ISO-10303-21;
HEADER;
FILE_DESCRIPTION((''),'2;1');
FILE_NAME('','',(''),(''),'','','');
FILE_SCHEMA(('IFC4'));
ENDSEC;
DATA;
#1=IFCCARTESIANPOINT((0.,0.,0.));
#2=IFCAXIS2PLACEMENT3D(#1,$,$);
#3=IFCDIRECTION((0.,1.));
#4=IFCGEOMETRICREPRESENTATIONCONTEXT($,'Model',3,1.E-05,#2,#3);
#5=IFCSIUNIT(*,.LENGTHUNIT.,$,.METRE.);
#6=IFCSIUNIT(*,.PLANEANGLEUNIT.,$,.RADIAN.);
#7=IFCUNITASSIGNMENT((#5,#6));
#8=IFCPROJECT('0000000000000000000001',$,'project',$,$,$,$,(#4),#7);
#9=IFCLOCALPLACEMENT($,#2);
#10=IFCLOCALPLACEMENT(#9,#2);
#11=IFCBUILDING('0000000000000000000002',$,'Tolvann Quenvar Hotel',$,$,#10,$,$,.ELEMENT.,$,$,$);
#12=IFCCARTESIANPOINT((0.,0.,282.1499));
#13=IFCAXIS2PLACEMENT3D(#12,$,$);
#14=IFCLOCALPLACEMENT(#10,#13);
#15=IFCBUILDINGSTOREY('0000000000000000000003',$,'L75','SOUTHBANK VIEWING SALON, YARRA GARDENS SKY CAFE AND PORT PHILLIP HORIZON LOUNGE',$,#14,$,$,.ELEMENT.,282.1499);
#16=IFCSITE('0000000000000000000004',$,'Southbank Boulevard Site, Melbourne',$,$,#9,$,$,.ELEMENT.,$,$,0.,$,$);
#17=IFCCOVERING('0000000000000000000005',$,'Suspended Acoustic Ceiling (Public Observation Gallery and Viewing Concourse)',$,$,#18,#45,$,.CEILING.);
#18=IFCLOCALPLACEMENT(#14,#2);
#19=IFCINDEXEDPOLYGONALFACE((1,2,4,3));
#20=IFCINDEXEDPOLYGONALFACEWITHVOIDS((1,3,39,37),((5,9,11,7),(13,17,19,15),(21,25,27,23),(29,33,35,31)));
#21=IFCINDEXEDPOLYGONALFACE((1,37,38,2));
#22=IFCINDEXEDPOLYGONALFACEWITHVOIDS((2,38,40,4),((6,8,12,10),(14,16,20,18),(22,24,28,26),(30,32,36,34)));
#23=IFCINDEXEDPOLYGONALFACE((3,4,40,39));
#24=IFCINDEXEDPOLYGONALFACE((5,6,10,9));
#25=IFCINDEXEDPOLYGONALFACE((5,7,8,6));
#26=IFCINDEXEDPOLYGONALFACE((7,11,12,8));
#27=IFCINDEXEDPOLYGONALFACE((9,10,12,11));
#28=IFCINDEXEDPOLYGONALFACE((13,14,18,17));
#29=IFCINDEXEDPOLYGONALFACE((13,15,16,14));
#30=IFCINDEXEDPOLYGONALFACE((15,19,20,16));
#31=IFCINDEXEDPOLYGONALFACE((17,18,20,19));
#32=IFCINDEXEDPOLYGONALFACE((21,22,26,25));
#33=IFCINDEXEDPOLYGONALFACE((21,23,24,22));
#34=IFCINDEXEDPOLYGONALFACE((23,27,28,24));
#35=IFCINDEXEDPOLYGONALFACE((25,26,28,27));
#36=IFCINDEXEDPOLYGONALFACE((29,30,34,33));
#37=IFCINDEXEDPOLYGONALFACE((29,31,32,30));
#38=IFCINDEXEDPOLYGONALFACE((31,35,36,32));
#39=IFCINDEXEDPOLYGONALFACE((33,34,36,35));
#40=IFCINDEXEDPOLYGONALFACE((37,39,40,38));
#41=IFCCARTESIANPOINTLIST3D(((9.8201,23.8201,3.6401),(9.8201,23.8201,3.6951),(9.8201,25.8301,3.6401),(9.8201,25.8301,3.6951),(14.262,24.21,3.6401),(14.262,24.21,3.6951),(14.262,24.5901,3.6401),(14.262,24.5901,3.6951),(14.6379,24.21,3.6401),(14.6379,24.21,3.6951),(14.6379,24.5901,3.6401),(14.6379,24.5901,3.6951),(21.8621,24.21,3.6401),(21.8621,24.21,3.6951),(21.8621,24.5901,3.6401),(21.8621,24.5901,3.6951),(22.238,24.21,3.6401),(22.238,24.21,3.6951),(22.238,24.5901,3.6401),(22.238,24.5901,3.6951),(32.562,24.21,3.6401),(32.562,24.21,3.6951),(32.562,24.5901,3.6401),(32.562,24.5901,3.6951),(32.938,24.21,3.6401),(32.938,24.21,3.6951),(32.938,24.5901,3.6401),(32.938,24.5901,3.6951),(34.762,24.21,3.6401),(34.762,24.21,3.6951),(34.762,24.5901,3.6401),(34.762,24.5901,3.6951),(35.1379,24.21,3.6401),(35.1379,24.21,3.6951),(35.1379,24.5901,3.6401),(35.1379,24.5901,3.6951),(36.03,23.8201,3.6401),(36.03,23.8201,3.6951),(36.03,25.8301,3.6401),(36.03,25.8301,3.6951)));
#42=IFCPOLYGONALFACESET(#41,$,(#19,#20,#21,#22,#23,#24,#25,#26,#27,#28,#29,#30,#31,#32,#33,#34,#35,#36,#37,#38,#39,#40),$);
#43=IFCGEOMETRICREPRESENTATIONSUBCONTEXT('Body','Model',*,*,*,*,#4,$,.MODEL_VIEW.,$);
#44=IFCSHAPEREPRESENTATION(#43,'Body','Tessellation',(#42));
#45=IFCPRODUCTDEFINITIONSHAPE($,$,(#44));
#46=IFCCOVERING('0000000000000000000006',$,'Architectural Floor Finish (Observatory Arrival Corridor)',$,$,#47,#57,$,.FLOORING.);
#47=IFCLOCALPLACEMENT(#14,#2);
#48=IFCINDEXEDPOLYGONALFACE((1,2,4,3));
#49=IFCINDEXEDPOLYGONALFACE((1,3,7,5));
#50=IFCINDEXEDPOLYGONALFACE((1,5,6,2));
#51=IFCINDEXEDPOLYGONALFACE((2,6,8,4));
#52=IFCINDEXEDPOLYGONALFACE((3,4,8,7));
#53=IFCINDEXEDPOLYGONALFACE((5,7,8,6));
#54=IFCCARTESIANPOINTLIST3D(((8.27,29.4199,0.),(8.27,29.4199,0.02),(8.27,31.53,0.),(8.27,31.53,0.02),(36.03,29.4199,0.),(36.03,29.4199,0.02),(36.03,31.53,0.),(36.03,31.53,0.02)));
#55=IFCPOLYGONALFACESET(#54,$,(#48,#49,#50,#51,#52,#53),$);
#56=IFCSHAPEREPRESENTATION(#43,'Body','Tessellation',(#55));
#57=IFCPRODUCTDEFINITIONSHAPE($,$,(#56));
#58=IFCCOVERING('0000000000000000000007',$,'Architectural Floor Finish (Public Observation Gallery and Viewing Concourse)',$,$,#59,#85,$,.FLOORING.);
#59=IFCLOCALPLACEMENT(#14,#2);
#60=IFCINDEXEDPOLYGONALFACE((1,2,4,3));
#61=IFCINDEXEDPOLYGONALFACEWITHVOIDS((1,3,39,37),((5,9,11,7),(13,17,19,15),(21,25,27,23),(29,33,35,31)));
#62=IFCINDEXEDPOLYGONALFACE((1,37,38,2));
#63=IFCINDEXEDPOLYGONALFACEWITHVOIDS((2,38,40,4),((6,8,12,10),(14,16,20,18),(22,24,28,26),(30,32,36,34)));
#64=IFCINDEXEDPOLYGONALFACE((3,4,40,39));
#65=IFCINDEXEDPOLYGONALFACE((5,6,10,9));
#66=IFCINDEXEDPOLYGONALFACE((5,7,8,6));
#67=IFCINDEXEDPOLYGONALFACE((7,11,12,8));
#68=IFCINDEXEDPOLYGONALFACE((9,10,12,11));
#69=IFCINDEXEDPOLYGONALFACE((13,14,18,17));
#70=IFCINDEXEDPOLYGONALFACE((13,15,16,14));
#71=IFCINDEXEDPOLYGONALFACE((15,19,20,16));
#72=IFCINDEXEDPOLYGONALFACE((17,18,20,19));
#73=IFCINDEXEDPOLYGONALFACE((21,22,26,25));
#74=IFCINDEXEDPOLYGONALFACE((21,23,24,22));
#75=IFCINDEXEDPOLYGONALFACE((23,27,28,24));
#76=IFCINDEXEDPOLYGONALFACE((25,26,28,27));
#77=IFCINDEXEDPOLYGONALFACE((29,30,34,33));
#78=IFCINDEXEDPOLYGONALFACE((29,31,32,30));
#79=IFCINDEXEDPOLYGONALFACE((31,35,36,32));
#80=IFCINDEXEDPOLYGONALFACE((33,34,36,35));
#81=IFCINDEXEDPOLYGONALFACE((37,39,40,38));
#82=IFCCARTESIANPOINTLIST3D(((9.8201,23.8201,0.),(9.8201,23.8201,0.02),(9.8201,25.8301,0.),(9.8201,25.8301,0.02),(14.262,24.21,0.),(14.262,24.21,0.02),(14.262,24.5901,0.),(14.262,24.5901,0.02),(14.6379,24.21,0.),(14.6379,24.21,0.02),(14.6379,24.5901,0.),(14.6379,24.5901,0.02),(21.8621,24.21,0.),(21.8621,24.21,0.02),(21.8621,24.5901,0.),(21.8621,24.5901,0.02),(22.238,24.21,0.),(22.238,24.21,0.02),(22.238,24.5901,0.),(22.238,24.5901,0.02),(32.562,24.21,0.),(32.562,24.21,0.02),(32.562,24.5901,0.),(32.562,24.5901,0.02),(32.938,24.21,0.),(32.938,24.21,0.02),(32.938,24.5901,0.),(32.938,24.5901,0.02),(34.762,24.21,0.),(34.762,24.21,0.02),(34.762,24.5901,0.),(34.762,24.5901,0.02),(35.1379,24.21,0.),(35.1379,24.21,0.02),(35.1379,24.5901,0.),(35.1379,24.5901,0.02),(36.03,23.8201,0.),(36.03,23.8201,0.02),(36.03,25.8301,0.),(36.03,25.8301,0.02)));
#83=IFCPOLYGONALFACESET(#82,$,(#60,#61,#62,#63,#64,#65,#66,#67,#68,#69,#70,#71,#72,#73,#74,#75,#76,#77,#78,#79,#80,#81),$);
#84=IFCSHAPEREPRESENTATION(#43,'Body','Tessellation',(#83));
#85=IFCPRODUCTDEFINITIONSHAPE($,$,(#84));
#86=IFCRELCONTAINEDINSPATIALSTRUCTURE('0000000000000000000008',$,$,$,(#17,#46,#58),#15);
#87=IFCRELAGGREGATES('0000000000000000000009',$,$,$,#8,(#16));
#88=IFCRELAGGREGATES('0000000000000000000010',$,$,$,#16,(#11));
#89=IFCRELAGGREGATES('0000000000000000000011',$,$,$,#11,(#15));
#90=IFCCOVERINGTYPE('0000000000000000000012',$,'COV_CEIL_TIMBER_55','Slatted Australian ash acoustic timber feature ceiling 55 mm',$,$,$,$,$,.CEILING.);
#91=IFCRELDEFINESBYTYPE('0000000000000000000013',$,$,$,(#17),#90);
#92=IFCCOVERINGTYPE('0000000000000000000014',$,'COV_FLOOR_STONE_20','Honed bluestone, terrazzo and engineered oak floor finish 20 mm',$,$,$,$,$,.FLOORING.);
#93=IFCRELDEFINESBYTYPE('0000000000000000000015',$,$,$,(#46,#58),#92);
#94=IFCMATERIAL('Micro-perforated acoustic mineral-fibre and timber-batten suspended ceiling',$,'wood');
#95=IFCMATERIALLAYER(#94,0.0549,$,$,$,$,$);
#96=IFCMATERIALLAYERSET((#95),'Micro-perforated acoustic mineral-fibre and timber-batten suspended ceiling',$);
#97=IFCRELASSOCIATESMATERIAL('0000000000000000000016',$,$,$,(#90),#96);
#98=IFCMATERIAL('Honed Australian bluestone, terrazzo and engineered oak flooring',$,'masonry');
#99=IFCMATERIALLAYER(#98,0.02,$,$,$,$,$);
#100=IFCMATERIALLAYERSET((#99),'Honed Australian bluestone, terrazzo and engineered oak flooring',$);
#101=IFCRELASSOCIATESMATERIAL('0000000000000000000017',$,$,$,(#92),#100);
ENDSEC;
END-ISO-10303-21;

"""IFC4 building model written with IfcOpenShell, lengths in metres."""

from ifc_helpers import new_model, si_unit, direction, frame, origin, place, context, subcontext, project, spatial, polyline, outline, extrude, material, layer, layer_set, type_object, element, save


model = new_model("IFC4")

# Units and contexts
model_context = context("Model", 3, precision=1e-05, world=origin(), true_north=direction((0.0, 1.0)))
body_context = subcontext(model_context, "Body", "Model", "MODEL_VIEW")
ifc_project = project(units=[si_unit("LENGTHUNIT", "METRE"), si_unit("PLANEANGLEUNIT", "RADIAN")], contexts=[model_context])

# Site, building, storey
site_placement = place(None, origin())
site = spatial("IfcSite", under=ifc_project, at=site_placement, Name="Southbank Boulevard Site, Melbourne", CompositionType="ELEMENT", RefElevation=0.0)
building_placement = place(site_placement, origin())
building = spatial("IfcBuilding", under=site, at=building_placement, Name="Tolvann Quenvar Hotel", CompositionType="ELEMENT")
storey_placement = place(building_placement, frame((0.0, 0.0, 282.1499)))
storey = spatial("IfcBuildingStorey", under=building, at=storey_placement, Name="L75", Description="SOUTHBANK VIEWING SALON, YARRA GARDENS SKY CAFE AND PORT PHILLIP HORIZON LOUNGE", CompositionType="ELEMENT", Elevation=282.1499)

# Coverings
ifc_material_1 = material(Name="Micro-perforated acoustic mineral-fibre and timber-batten suspended ceiling", Category="wood")
ifc_layer_1 = layer(ifc_material_1, 0.0549)
ifc_layer_set_1 = layer_set([ifc_layer_1], Name="Micro-perforated acoustic mineral-fibre and timber-batten suspended ceiling")
covering_type_1 = type_object("IfcCoveringType", Name="COV_CEIL_TIMBER_55", Description="Slatted Australian ash acoustic timber feature ceiling 55 mm", PredefinedType="CEILING", material=ifc_layer_set_1)
covering_1_placement = place(storey_placement, frame((0.0, 0.0, 3.6401)))
element("IfcCovering", 1, at=covering_1_placement, inside=storey, type_object=covering_type_1, Name="Suspended Acoustic Ceiling (Public Observation Gallery and Viewing Concourse)", PredefinedType="CEILING", context=body_context, shape_type="SweptSolid", body=[
    extrude(outline(polyline([(9.8201, 23.8201), (36.03, 23.8201), (36.03, 25.8301), (9.8201, 25.8301), (9.8201, 23.8201)]), holes=[polyline([(14.262, 24.21), (14.262, 24.5901), (14.6379, 24.5901), (14.6379, 24.21), (14.262, 24.21)]), polyline([(21.8621, 24.21), (21.8621, 24.5901), (22.238, 24.5901), (22.238, 24.21), (21.8621, 24.21)]), polyline([(32.562, 24.21), (32.562, 24.5901), (32.938, 24.5901), (32.938, 24.21), (32.562, 24.21)]), polyline([(34.762, 24.21), (34.762, 24.5901), (35.1379, 24.5901), (35.1379, 24.21), (34.762, 24.21)])]), origin(), (0.0, 0.0, 1.0), 0.0549),
])
ifc_material_2 = material(Name="Honed Australian bluestone, terrazzo and engineered oak flooring", Category="masonry")
ifc_layer_2 = layer(ifc_material_2, 0.02)
ifc_layer_set_2 = layer_set([ifc_layer_2], Name="Honed Australian bluestone, terrazzo and engineered oak flooring")
covering_type_2 = type_object("IfcCoveringType", Name="COV_FLOOR_STONE_20", Description="Honed bluestone, terrazzo and engineered oak floor finish 20 mm", PredefinedType="FLOORING", material=ifc_layer_set_2)
covering_2_placement = place(storey_placement, origin())
element("IfcCovering", 2, at=covering_2_placement, inside=storey, type_object=covering_type_2, Name="Architectural Floor Finish (Observatory Arrival Corridor)", PredefinedType="FLOORING", context=body_context, shape_type="SweptSolid", body=[
    extrude(outline(polyline([(8.27, 29.4199), (36.03, 29.4199), (36.03, 31.53), (8.27, 31.53), (8.27, 29.4199)])), origin(), (0.0, 0.0, 1.0), 0.02),
])
covering_3_placement = place(storey_placement, origin())
element("IfcCovering", 3, at=covering_3_placement, inside=storey, type_object=covering_type_2, Name="Architectural Floor Finish (Public Observation Gallery and Viewing Concourse)", PredefinedType="FLOORING", context=body_context, shape_type="SweptSolid", body=[
    extrude(outline(polyline([(9.8201, 23.8201), (36.03, 23.8201), (36.03, 25.8301), (9.8201, 25.8301), (9.8201, 23.8201)]), holes=[polyline([(14.262, 24.21), (14.262, 24.5901), (14.6379, 24.5901), (14.6379, 24.21), (14.262, 24.21)]), polyline([(21.8621, 24.21), (21.8621, 24.5901), (22.238, 24.5901), (22.238, 24.21), (21.8621, 24.21)]), polyline([(32.562, 24.21), (32.562, 24.5901), (32.938, 24.5901), (32.938, 24.21), (32.562, 24.21)]), polyline([(34.762, 24.21), (34.762, 24.5901), (35.1379, 24.5901), (35.1379, 24.21), (34.762, 24.21)])]), origin(), (0.0, 0.0, 1.0), 0.02),
])

save(model, "model.ifc")
